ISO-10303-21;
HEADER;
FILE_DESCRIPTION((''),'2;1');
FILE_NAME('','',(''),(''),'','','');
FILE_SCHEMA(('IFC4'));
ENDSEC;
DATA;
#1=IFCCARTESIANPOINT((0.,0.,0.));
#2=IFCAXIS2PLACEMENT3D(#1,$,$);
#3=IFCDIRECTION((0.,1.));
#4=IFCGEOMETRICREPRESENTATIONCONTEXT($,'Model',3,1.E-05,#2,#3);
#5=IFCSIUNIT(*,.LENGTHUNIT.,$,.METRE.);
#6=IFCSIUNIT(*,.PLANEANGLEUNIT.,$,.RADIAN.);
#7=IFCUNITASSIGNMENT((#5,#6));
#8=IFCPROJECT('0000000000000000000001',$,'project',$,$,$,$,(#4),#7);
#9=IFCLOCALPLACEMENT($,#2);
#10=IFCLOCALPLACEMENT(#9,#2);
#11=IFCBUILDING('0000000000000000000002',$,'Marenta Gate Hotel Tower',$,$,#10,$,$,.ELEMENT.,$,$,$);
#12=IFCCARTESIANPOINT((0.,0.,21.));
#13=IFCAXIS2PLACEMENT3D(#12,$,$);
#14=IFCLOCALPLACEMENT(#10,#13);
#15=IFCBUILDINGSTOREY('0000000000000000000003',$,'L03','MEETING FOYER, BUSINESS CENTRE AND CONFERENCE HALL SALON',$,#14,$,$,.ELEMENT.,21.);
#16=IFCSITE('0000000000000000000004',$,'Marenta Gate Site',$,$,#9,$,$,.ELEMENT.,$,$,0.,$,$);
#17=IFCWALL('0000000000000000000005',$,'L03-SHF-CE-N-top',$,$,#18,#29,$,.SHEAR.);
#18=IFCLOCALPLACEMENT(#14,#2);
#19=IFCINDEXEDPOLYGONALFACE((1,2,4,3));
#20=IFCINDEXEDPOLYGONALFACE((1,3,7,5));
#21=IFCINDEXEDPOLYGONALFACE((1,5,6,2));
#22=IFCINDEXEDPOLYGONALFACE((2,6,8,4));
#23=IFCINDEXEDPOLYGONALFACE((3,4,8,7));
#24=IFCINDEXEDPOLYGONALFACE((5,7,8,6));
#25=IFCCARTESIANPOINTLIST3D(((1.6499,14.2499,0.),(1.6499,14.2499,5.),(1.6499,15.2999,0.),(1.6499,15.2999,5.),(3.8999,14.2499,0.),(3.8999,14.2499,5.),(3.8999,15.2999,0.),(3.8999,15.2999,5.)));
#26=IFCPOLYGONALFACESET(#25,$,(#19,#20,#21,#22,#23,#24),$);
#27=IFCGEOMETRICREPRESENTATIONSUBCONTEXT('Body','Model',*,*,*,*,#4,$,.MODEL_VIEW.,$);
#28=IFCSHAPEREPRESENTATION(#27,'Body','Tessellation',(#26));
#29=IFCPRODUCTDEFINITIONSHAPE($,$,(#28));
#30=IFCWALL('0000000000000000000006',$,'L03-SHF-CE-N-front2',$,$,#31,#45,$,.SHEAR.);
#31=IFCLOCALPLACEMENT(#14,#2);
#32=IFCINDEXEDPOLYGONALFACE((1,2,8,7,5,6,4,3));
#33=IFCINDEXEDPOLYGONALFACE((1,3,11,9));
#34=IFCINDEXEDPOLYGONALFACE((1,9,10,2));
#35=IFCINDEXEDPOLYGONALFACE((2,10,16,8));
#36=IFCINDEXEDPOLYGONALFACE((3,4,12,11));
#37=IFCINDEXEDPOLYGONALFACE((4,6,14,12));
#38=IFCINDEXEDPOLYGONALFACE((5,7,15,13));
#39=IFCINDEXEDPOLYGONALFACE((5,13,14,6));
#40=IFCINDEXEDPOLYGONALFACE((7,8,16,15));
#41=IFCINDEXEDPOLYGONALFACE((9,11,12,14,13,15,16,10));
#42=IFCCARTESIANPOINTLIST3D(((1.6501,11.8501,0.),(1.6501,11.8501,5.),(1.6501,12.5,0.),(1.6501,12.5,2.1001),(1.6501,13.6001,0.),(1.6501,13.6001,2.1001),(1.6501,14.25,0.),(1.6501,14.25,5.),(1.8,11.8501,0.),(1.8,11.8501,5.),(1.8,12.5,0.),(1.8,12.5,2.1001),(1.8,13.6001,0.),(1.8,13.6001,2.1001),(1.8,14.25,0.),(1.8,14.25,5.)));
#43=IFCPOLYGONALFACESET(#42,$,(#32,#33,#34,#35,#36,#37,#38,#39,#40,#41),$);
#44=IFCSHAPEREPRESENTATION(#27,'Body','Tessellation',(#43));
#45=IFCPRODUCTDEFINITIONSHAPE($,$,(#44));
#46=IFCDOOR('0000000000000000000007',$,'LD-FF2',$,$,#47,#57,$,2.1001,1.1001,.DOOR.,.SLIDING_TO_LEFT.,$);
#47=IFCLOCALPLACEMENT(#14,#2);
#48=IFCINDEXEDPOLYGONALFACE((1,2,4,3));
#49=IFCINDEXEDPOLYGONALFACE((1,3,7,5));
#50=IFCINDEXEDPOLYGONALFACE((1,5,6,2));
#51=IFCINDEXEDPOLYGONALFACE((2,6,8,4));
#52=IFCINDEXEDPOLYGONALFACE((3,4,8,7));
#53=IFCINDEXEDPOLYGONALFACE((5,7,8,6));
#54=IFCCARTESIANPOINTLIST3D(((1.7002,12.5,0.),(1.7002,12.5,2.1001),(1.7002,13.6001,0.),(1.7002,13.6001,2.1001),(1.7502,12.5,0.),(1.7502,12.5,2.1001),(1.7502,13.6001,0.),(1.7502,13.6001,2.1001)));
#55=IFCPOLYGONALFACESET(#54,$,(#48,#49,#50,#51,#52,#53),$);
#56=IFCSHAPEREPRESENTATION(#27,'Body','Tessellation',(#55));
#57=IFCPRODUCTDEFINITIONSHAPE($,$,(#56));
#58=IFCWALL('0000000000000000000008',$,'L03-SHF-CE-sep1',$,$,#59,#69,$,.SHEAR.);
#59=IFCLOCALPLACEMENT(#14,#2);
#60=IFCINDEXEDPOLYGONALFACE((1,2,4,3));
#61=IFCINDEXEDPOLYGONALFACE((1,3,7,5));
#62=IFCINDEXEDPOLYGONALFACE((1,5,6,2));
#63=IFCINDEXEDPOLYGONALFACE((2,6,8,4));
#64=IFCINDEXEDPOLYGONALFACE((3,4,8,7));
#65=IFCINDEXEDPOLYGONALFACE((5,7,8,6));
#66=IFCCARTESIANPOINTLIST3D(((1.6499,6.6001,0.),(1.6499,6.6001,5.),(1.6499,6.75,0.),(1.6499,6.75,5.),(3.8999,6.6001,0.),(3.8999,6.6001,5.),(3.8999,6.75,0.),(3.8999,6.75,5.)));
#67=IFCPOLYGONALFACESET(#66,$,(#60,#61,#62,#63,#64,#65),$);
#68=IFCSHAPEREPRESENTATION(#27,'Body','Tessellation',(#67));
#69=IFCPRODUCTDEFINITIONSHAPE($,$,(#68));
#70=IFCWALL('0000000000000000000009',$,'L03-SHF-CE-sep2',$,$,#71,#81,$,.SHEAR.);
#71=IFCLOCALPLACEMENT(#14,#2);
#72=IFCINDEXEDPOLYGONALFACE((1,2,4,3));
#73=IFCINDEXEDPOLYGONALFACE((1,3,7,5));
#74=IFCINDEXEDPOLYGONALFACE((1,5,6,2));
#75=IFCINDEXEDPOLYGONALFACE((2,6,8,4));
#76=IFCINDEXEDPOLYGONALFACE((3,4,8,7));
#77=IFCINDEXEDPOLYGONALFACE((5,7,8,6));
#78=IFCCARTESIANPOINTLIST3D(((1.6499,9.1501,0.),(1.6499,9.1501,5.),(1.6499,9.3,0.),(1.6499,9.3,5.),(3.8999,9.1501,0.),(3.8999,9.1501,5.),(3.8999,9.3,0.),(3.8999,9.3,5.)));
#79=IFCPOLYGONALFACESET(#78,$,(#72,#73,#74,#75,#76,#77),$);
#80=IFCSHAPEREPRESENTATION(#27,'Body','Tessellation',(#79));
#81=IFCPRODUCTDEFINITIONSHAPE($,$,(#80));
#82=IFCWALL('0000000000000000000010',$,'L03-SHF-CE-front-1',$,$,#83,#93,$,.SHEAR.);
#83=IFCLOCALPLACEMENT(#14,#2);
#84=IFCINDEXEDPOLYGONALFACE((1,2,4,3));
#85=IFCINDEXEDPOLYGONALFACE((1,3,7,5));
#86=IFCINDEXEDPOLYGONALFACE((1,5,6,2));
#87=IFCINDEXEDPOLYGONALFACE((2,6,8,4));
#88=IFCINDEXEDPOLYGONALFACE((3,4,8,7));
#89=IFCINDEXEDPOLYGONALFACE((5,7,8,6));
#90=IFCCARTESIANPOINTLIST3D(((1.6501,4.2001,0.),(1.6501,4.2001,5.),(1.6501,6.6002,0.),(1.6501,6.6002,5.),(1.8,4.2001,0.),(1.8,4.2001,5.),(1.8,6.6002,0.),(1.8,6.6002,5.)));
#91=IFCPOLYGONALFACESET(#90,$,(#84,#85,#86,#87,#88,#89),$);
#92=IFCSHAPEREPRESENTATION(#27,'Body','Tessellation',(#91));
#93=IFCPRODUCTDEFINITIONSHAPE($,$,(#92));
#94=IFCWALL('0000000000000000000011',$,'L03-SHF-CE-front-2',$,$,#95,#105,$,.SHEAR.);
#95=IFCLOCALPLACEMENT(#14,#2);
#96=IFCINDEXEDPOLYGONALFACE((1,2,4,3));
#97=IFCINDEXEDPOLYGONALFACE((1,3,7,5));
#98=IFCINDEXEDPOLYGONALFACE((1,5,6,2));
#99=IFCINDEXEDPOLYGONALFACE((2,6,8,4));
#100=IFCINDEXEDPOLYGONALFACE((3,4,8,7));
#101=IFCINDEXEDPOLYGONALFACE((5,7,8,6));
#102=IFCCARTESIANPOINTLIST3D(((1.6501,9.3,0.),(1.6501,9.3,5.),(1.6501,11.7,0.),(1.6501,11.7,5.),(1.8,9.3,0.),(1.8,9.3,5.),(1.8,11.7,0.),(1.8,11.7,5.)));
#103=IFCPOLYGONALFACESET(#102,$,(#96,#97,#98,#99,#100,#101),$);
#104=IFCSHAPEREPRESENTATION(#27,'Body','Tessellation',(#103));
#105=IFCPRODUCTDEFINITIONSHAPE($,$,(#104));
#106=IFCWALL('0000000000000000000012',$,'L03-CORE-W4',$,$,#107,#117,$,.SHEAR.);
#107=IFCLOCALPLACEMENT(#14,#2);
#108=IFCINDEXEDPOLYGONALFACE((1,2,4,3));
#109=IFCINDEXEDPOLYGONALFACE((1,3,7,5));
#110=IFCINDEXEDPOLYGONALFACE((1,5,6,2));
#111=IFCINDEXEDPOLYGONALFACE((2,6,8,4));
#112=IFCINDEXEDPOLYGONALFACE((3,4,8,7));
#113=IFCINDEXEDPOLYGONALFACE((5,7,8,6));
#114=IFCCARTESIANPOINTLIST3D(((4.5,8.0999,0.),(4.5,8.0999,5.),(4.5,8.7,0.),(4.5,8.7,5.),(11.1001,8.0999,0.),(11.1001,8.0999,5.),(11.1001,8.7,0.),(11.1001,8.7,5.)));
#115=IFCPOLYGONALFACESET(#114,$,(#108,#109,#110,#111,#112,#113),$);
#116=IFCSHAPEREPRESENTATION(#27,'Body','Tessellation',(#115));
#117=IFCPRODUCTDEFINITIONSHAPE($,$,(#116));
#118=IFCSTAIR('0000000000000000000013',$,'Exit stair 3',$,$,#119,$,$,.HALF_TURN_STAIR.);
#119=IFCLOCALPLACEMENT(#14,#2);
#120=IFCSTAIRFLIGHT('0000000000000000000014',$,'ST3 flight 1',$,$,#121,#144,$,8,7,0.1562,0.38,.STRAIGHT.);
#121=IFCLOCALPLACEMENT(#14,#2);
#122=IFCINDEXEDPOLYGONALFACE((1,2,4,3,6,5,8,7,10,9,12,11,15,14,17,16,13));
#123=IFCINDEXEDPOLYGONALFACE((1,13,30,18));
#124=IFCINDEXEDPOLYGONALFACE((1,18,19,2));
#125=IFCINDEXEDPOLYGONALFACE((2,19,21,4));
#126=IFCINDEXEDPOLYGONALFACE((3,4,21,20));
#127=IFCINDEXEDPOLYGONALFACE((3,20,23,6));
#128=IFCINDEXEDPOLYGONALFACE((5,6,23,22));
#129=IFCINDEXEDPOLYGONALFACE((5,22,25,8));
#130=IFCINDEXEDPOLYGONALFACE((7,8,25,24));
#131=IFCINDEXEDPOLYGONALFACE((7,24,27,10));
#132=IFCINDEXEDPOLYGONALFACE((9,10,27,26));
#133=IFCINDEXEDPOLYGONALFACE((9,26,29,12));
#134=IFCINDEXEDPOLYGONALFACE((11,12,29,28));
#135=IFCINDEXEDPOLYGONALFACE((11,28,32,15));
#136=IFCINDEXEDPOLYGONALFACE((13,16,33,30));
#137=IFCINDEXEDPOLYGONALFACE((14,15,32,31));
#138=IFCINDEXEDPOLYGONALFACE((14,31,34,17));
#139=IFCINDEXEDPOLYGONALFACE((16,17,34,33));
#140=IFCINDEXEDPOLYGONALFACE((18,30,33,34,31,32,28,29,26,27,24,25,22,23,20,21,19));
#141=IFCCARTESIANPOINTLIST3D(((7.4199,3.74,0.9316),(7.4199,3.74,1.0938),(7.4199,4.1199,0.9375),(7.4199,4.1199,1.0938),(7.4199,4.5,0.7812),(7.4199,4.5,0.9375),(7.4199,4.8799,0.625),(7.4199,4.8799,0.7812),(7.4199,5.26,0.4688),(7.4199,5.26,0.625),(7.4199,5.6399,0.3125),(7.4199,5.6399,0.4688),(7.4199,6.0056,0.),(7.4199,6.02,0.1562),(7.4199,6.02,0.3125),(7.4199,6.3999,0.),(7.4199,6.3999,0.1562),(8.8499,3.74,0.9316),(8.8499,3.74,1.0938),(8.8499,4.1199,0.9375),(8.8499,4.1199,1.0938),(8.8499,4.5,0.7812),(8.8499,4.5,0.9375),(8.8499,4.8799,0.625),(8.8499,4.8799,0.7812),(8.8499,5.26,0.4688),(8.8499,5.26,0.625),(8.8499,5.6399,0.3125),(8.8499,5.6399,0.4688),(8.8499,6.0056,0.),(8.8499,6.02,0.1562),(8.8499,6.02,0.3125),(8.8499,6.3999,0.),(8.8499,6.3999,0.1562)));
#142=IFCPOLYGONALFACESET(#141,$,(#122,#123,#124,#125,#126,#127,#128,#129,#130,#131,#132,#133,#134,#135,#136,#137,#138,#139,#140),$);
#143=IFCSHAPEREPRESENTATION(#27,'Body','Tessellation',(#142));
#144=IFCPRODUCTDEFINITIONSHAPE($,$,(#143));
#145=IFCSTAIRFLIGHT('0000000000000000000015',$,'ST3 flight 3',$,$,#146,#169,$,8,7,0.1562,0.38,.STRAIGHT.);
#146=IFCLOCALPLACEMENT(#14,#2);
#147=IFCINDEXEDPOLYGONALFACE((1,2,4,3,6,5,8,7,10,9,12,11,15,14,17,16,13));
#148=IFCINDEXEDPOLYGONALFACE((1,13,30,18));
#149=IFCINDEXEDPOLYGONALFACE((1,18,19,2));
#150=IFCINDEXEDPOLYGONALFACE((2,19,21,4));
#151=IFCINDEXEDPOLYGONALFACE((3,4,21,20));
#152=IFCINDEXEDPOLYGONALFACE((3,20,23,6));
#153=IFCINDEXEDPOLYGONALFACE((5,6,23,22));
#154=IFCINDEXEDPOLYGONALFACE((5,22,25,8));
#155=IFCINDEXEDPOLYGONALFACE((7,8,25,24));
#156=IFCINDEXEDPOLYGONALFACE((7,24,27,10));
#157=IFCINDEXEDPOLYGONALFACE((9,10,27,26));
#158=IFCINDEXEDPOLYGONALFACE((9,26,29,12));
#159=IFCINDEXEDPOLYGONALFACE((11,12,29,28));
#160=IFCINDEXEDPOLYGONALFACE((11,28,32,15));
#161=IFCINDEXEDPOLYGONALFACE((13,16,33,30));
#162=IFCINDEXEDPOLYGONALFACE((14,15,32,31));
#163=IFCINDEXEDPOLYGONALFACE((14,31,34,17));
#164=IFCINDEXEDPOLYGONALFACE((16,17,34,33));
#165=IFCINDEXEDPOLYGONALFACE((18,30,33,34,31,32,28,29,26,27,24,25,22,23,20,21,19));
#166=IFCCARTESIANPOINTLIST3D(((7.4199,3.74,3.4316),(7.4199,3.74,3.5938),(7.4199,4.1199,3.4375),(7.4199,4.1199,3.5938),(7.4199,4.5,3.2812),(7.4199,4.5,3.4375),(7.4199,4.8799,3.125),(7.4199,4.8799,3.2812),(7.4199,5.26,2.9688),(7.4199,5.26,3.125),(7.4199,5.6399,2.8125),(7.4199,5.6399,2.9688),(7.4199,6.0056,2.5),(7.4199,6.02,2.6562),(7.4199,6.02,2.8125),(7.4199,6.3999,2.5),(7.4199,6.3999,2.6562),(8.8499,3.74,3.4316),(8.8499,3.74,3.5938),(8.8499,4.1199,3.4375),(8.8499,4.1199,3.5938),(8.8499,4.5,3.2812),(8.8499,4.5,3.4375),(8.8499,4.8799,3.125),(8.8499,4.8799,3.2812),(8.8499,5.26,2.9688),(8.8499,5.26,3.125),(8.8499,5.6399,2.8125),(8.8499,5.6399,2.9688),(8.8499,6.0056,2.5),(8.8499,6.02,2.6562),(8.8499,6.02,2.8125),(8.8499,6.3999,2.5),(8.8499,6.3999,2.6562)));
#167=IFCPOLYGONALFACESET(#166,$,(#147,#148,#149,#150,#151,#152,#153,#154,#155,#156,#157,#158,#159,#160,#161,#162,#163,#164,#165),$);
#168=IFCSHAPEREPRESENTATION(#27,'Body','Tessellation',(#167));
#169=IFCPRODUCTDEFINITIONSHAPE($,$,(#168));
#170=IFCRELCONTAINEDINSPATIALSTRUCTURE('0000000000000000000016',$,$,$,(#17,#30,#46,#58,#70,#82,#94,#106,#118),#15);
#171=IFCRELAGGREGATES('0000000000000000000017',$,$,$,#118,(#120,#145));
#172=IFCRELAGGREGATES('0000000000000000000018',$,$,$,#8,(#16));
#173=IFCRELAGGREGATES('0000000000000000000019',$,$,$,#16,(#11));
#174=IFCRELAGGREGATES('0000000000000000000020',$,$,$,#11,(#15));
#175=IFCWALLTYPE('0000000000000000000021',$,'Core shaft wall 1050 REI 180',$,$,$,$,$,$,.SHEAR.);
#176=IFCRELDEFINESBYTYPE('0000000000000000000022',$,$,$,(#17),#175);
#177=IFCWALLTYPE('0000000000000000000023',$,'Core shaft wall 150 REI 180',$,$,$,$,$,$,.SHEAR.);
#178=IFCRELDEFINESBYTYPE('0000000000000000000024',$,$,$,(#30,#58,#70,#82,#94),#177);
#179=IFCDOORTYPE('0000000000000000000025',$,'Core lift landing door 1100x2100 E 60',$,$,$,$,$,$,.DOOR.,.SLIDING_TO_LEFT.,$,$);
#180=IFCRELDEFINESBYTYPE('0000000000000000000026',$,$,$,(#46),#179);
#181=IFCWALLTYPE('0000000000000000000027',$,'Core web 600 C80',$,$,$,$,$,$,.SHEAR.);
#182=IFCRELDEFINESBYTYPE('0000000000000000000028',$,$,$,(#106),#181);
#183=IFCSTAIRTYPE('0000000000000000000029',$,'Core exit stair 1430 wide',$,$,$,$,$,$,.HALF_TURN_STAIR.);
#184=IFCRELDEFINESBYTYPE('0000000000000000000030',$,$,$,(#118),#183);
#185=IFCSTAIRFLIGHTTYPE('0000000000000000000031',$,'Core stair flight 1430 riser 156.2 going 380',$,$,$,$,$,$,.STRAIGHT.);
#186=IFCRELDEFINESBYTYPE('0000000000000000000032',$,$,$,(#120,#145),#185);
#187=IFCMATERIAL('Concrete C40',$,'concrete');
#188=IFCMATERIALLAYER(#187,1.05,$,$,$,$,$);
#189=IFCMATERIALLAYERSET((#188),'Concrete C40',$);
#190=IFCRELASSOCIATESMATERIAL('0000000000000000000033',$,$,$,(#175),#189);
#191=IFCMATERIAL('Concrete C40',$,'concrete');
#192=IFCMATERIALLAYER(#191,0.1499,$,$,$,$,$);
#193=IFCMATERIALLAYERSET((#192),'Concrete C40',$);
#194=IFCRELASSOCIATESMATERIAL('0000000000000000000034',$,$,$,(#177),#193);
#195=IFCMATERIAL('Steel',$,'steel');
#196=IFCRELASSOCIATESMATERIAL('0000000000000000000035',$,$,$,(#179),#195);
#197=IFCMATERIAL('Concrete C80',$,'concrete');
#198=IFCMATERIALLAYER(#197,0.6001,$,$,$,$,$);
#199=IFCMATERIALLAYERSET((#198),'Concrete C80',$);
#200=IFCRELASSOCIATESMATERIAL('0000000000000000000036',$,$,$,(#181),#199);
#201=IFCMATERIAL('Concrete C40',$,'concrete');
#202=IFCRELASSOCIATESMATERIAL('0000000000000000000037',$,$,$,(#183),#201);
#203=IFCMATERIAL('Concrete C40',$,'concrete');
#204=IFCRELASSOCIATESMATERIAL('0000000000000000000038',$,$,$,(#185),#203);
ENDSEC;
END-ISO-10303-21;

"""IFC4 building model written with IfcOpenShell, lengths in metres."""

from ifc_helpers import new_model, si_unit, direction, frame, frame_2d, origin, place, context, subcontext, project, spatial, polyline, rectangle, outline, extrude, material, layer, layer_set, type_object, element, fill, aggregate, save


model = new_model("IFC4")

# Units and contexts
model_context = context("Model", 3, precision=1e-05, world=origin(), true_north=direction((0.0, 1.0)))
body_context = subcontext(model_context, "Body", "Model", "MODEL_VIEW")
ifc_project = project(units=[si_unit("LENGTHUNIT", "METRE"), si_unit("PLANEANGLEUNIT", "RADIAN")], contexts=[model_context])

# Site, building, storey
site_placement = place(None, origin())
site = spatial("IfcSite", under=ifc_project, at=site_placement, Name="Marenta Gate Site", CompositionType="ELEMENT", RefElevation=0.0)
building_placement = place(site_placement, origin())
building = spatial("IfcBuilding", under=site, at=building_placement, Name="Marenta Gate Hotel Tower", CompositionType="ELEMENT")
storey_placement = place(building_placement, frame((0.0, 0.0, 21.0)))
storey = spatial("IfcBuildingStorey", under=building, at=storey_placement, Name="L03", Description="MEETING FOYER, BUSINESS CENTRE AND CONFERENCE HALL SALON", CompositionType="ELEMENT", Elevation=21.0)

# Wall
ifc_material_1 = material(Name="Concrete C40", Category="concrete")
ifc_layer_1 = layer(ifc_material_1, 1.05)
ifc_layer_set_1 = layer_set([ifc_layer_1], Name="Concrete C40")
wall_type_1 = type_object("IfcWallType", Name="Core shaft wall 1050 REI 180", PredefinedType="SHEAR", material=ifc_layer_set_1)
wall_1_placement = place(storey_placement, frame((1.6499, 14.7749, 0.0), z_axis=(0.0, 0.0, 1.0), x_axis=(1.0, 0.0, 0.0)))
element("IfcWall", 1, at=wall_1_placement, inside=storey, type_object=wall_type_1, Name="L03-SHF-CE-N-top", PredefinedType="SHEAR", context=body_context, shape_type="SweptSolid", body=[
    extrude(rectangle(XDim=2.25, YDim=1.05, at=frame_2d((1.125, 0.0))), origin(), (0.0, 0.0, 1.0), 5.0),
])

# Wall, opening, door
ifc_material_2 = material(Name="Concrete C40", Category="concrete")
ifc_layer_2 = layer(ifc_material_2, 0.1499)
ifc_layer_set_2 = layer_set([ifc_layer_2], Name="Concrete C40")
wall_type_2 = type_object("IfcWallType", Name="Core shaft wall 150 REI 180", PredefinedType="SHEAR", material=ifc_layer_set_2)
wall_2_placement = place(storey_placement, frame((1.7251, 11.8501, 0.0), z_axis=(0.0, 0.0, 1.0), x_axis=(0.0, 1.0, 0.0)))
wall_2 = element("IfcWall", 2, at=wall_2_placement, inside=storey, type_object=wall_type_2, Name="L03-SHF-CE-N-front2", PredefinedType="SHEAR", context=body_context, shape_type="SweptSolid", body=[
    extrude(rectangle(XDim=2.3999, YDim=0.1499, at=frame_2d((1.2, 0.0))), origin(), (0.0, 0.0, 1.0), 5.0),
])
opening_placement = place(wall_2_placement, frame((0.6499, 0.0, 0.0)))
opening = element("IfcOpeningElement", 3, at=opening_placement, cuts=wall_2, PredefinedType="OPENING", context=body_context, shape_type="SweptSolid", body=[
    extrude(rectangle(XDim=1.1001, YDim=2.1001, at=frame_2d((0.55, 1.05))), frame((0.0, 0.075, 0.0), z_axis=(0.0, -1.0, 0.0), x_axis=(1.0, 0.0, 0.0)), (0.0, 0.0, 1.0), 0.1499),
])
ifc_material_3 = material(Name="Steel", Category="steel")
door_type = type_object("IfcDoorType", Name="Core lift landing door 1100x2100 E 60", OperationType="SLIDING_TO_LEFT", PredefinedType="DOOR", material=ifc_material_3)
door_placement = place(opening_placement, origin())
door = element("IfcDoor", 4, at=door_placement, inside=storey, type_object=door_type, Name="LD-FF2", OperationType="SLIDING_TO_LEFT", OverallHeight=2.1001, OverallWidth=1.1001, PredefinedType="DOOR", context=body_context, shape_type="SweptSolid", body=[
    extrude(rectangle(XDim=1.1001, YDim=2.1001, at=frame_2d((0.55, 1.05))), frame((0.0, 0.0249, 0.0), z_axis=(0.0, -1.0, 0.0), x_axis=(1.0, 0.0, 0.0)), (0.0, 0.0, 1.0), 0.05),
])
fill(opening, door)

# Walls
for number, where, z_axis, x_axis, name in (
    (5, (1.6499, 6.675, 0.0), (0.0, 0.0, 1.0), (1.0, 0.0, 0.0), "L03-SHF-CE-sep1"),
    (6, (1.6499, 9.2251, 0.0), (0.0, 0.0, 1.0), (1.0, 0.0, 0.0), "L03-SHF-CE-sep2"),
):
    element("IfcWall", number, at=place(storey_placement, frame(where, z_axis=z_axis, x_axis=x_axis)), inside=storey, type_object=wall_type_2, Name=name, PredefinedType="SHEAR", context=body_context, shape_type="SweptSolid", body=[
        extrude(rectangle(XDim=2.25, YDim=0.1499, at=frame_2d((1.125, 0.0))), origin(), (0.0, 0.0, 1.0), 5.0),
    ])
wall_3_placement = place(storey_placement, frame((1.7251, 4.2, 0.0), z_axis=(0.0, 0.0, 1.0), x_axis=(0.0, 1.0, 0.0)))
element("IfcWall", 7, at=wall_3_placement, inside=storey, type_object=wall_type_2, Name="L03-SHF-CE-front-1", PredefinedType="SHEAR", context=body_context, shape_type="SweptSolid", body=[
    extrude(rectangle(XDim=2.4001, YDim=0.1499, at=frame_2d((1.2002, 0.0))), origin(), (0.0, 0.0, 1.0), 5.0),
])
wall_4_placement = place(storey_placement, frame((1.7251, 9.3, 0.0), z_axis=(0.0, 0.0, 1.0), x_axis=(0.0, 1.0, 0.0)))
element("IfcWall", 8, at=wall_4_placement, inside=storey, type_object=wall_type_2, Name="L03-SHF-CE-front-2", PredefinedType="SHEAR", context=body_context, shape_type="SweptSolid", body=[
    extrude(rectangle(XDim=2.3999, YDim=0.1499, at=frame_2d((1.2, 0.0))), origin(), (0.0, 0.0, 1.0), 5.0),
])
ifc_material_4 = material(Name="Concrete C80", Category="concrete")
ifc_layer_3 = layer(ifc_material_4, 0.6001)
ifc_layer_set_3 = layer_set([ifc_layer_3], Name="Concrete C80")
wall_type_3 = type_object("IfcWallType", Name="Core web 600 C80", PredefinedType="SHEAR", material=ifc_layer_set_3)
wall_5_placement = place(storey_placement, frame((4.5, 8.3999, 0.0), z_axis=(0.0, 0.0, 1.0), x_axis=(1.0, 0.0, 0.0)))
element("IfcWall", 9, at=wall_5_placement, inside=storey, type_object=wall_type_3, Name="L03-CORE-W4", PredefinedType="SHEAR", context=body_context, shape_type="SweptSolid", body=[
    extrude(rectangle(XDim=6.6001, YDim=0.6001, at=frame_2d((3.3, 0.0))), origin(), (0.0, 0.0, 1.0), 5.0),
])

# Stair, stair flights
ifc_material_5 = material(Name="Concrete C40", Category="concrete")
stair_type = type_object("IfcStairType", Name="Core exit stair 1430 wide", PredefinedType="HALF_TURN_STAIR", material=ifc_material_5)
stair_1_placement = place(storey_placement, origin())
stair_1 = element("IfcStair", 10, at=stair_1_placement, inside=storey, type_object=stair_type, Name="Exit stair 3", PredefinedType="HALF_TURN_STAIR")
ifc_material_6 = material(Name="Concrete C40", Category="concrete")
stair_flight_type = type_object("IfcStairFlightType", Name="Core stair flight 1430 riser 156.2 going 380", PredefinedType="STRAIGHT", material=ifc_material_6)
stair_flight_1_placement = place(storey_placement, frame((8.135, 6.3999, 0.0), z_axis=(0.0, 0.0, 1.0), x_axis=(0.0, -1.0, 0.0)))
stair_flight_1 = element("IfcStairFlight", 11, at=stair_flight_1_placement, type_object=stair_flight_type, Name="ST3 flight 1", NumberOfRisers=8, NumberOfTreads=7, PredefinedType="STRAIGHT", RiserHeight=0.1562, TreadLength=0.38, context=body_context, shape_type="SweptSolid", body=[
    extrude(outline(polyline([(0.0, 0.0), (0.0, 0.1562), (0.3799, 0.1562), (0.3799, 0.3125), (0.76, 0.3125), (0.76, 0.4688), (1.1399, 0.4688), (1.1399, 0.625), (1.52, 0.625), (1.52, 0.7812), (1.8999, 0.7812), (1.8999, 0.9375), (2.28, 0.9375), (2.28, 1.0938), (2.6599, 1.0938), (2.6599, 1.25), (2.6599, 0.9316), (0.3943, 0.0), (0.0, 0.0)])), frame((0.0, 0.7148, 0.0), z_axis=(0.0, -1.0, 0.0), x_axis=(1.0, 0.0, 0.0)), (0.0, 0.0, 1.0), 1.4299),
])
stair_flight_2_placement = place(storey_placement, frame((8.135, 6.3999, 2.5), z_axis=(0.0, 0.0, 1.0), x_axis=(0.0, -1.0, 0.0)))
stair_flight_2 = element("IfcStairFlight", 12, at=stair_flight_2_placement, type_object=stair_flight_type, Name="ST3 flight 3", NumberOfRisers=8, NumberOfTreads=7, PredefinedType="STRAIGHT", RiserHeight=0.1562, TreadLength=0.38, context=body_context, shape_type="SweptSolid", body=[
    extrude(outline(polyline([(0.0, 0.0), (0.0, 0.1562), (0.3799, 0.1562), (0.3799, 0.3125), (0.76, 0.3125), (0.76, 0.4688), (1.1399, 0.4688), (1.1399, 0.625), (1.52, 0.625), (1.52, 0.7812), (1.8999, 0.7812), (1.8999, 0.9375), (2.28, 0.9375), (2.28, 1.0938), (2.6599, 1.0938), (2.6599, 1.25), (2.6599, 0.9316), (0.3943, 0.0), (0.0, 0.0)])), frame((0.0, 0.7148, 0.0), z_axis=(0.0, -1.0, 0.0), x_axis=(1.0, 0.0, 0.0)), (0.0, 0.0, 1.0), 1.4299),
])
aggregate(stair_1, [stair_flight_1, stair_flight_2])

save(model, "model.ifc")
